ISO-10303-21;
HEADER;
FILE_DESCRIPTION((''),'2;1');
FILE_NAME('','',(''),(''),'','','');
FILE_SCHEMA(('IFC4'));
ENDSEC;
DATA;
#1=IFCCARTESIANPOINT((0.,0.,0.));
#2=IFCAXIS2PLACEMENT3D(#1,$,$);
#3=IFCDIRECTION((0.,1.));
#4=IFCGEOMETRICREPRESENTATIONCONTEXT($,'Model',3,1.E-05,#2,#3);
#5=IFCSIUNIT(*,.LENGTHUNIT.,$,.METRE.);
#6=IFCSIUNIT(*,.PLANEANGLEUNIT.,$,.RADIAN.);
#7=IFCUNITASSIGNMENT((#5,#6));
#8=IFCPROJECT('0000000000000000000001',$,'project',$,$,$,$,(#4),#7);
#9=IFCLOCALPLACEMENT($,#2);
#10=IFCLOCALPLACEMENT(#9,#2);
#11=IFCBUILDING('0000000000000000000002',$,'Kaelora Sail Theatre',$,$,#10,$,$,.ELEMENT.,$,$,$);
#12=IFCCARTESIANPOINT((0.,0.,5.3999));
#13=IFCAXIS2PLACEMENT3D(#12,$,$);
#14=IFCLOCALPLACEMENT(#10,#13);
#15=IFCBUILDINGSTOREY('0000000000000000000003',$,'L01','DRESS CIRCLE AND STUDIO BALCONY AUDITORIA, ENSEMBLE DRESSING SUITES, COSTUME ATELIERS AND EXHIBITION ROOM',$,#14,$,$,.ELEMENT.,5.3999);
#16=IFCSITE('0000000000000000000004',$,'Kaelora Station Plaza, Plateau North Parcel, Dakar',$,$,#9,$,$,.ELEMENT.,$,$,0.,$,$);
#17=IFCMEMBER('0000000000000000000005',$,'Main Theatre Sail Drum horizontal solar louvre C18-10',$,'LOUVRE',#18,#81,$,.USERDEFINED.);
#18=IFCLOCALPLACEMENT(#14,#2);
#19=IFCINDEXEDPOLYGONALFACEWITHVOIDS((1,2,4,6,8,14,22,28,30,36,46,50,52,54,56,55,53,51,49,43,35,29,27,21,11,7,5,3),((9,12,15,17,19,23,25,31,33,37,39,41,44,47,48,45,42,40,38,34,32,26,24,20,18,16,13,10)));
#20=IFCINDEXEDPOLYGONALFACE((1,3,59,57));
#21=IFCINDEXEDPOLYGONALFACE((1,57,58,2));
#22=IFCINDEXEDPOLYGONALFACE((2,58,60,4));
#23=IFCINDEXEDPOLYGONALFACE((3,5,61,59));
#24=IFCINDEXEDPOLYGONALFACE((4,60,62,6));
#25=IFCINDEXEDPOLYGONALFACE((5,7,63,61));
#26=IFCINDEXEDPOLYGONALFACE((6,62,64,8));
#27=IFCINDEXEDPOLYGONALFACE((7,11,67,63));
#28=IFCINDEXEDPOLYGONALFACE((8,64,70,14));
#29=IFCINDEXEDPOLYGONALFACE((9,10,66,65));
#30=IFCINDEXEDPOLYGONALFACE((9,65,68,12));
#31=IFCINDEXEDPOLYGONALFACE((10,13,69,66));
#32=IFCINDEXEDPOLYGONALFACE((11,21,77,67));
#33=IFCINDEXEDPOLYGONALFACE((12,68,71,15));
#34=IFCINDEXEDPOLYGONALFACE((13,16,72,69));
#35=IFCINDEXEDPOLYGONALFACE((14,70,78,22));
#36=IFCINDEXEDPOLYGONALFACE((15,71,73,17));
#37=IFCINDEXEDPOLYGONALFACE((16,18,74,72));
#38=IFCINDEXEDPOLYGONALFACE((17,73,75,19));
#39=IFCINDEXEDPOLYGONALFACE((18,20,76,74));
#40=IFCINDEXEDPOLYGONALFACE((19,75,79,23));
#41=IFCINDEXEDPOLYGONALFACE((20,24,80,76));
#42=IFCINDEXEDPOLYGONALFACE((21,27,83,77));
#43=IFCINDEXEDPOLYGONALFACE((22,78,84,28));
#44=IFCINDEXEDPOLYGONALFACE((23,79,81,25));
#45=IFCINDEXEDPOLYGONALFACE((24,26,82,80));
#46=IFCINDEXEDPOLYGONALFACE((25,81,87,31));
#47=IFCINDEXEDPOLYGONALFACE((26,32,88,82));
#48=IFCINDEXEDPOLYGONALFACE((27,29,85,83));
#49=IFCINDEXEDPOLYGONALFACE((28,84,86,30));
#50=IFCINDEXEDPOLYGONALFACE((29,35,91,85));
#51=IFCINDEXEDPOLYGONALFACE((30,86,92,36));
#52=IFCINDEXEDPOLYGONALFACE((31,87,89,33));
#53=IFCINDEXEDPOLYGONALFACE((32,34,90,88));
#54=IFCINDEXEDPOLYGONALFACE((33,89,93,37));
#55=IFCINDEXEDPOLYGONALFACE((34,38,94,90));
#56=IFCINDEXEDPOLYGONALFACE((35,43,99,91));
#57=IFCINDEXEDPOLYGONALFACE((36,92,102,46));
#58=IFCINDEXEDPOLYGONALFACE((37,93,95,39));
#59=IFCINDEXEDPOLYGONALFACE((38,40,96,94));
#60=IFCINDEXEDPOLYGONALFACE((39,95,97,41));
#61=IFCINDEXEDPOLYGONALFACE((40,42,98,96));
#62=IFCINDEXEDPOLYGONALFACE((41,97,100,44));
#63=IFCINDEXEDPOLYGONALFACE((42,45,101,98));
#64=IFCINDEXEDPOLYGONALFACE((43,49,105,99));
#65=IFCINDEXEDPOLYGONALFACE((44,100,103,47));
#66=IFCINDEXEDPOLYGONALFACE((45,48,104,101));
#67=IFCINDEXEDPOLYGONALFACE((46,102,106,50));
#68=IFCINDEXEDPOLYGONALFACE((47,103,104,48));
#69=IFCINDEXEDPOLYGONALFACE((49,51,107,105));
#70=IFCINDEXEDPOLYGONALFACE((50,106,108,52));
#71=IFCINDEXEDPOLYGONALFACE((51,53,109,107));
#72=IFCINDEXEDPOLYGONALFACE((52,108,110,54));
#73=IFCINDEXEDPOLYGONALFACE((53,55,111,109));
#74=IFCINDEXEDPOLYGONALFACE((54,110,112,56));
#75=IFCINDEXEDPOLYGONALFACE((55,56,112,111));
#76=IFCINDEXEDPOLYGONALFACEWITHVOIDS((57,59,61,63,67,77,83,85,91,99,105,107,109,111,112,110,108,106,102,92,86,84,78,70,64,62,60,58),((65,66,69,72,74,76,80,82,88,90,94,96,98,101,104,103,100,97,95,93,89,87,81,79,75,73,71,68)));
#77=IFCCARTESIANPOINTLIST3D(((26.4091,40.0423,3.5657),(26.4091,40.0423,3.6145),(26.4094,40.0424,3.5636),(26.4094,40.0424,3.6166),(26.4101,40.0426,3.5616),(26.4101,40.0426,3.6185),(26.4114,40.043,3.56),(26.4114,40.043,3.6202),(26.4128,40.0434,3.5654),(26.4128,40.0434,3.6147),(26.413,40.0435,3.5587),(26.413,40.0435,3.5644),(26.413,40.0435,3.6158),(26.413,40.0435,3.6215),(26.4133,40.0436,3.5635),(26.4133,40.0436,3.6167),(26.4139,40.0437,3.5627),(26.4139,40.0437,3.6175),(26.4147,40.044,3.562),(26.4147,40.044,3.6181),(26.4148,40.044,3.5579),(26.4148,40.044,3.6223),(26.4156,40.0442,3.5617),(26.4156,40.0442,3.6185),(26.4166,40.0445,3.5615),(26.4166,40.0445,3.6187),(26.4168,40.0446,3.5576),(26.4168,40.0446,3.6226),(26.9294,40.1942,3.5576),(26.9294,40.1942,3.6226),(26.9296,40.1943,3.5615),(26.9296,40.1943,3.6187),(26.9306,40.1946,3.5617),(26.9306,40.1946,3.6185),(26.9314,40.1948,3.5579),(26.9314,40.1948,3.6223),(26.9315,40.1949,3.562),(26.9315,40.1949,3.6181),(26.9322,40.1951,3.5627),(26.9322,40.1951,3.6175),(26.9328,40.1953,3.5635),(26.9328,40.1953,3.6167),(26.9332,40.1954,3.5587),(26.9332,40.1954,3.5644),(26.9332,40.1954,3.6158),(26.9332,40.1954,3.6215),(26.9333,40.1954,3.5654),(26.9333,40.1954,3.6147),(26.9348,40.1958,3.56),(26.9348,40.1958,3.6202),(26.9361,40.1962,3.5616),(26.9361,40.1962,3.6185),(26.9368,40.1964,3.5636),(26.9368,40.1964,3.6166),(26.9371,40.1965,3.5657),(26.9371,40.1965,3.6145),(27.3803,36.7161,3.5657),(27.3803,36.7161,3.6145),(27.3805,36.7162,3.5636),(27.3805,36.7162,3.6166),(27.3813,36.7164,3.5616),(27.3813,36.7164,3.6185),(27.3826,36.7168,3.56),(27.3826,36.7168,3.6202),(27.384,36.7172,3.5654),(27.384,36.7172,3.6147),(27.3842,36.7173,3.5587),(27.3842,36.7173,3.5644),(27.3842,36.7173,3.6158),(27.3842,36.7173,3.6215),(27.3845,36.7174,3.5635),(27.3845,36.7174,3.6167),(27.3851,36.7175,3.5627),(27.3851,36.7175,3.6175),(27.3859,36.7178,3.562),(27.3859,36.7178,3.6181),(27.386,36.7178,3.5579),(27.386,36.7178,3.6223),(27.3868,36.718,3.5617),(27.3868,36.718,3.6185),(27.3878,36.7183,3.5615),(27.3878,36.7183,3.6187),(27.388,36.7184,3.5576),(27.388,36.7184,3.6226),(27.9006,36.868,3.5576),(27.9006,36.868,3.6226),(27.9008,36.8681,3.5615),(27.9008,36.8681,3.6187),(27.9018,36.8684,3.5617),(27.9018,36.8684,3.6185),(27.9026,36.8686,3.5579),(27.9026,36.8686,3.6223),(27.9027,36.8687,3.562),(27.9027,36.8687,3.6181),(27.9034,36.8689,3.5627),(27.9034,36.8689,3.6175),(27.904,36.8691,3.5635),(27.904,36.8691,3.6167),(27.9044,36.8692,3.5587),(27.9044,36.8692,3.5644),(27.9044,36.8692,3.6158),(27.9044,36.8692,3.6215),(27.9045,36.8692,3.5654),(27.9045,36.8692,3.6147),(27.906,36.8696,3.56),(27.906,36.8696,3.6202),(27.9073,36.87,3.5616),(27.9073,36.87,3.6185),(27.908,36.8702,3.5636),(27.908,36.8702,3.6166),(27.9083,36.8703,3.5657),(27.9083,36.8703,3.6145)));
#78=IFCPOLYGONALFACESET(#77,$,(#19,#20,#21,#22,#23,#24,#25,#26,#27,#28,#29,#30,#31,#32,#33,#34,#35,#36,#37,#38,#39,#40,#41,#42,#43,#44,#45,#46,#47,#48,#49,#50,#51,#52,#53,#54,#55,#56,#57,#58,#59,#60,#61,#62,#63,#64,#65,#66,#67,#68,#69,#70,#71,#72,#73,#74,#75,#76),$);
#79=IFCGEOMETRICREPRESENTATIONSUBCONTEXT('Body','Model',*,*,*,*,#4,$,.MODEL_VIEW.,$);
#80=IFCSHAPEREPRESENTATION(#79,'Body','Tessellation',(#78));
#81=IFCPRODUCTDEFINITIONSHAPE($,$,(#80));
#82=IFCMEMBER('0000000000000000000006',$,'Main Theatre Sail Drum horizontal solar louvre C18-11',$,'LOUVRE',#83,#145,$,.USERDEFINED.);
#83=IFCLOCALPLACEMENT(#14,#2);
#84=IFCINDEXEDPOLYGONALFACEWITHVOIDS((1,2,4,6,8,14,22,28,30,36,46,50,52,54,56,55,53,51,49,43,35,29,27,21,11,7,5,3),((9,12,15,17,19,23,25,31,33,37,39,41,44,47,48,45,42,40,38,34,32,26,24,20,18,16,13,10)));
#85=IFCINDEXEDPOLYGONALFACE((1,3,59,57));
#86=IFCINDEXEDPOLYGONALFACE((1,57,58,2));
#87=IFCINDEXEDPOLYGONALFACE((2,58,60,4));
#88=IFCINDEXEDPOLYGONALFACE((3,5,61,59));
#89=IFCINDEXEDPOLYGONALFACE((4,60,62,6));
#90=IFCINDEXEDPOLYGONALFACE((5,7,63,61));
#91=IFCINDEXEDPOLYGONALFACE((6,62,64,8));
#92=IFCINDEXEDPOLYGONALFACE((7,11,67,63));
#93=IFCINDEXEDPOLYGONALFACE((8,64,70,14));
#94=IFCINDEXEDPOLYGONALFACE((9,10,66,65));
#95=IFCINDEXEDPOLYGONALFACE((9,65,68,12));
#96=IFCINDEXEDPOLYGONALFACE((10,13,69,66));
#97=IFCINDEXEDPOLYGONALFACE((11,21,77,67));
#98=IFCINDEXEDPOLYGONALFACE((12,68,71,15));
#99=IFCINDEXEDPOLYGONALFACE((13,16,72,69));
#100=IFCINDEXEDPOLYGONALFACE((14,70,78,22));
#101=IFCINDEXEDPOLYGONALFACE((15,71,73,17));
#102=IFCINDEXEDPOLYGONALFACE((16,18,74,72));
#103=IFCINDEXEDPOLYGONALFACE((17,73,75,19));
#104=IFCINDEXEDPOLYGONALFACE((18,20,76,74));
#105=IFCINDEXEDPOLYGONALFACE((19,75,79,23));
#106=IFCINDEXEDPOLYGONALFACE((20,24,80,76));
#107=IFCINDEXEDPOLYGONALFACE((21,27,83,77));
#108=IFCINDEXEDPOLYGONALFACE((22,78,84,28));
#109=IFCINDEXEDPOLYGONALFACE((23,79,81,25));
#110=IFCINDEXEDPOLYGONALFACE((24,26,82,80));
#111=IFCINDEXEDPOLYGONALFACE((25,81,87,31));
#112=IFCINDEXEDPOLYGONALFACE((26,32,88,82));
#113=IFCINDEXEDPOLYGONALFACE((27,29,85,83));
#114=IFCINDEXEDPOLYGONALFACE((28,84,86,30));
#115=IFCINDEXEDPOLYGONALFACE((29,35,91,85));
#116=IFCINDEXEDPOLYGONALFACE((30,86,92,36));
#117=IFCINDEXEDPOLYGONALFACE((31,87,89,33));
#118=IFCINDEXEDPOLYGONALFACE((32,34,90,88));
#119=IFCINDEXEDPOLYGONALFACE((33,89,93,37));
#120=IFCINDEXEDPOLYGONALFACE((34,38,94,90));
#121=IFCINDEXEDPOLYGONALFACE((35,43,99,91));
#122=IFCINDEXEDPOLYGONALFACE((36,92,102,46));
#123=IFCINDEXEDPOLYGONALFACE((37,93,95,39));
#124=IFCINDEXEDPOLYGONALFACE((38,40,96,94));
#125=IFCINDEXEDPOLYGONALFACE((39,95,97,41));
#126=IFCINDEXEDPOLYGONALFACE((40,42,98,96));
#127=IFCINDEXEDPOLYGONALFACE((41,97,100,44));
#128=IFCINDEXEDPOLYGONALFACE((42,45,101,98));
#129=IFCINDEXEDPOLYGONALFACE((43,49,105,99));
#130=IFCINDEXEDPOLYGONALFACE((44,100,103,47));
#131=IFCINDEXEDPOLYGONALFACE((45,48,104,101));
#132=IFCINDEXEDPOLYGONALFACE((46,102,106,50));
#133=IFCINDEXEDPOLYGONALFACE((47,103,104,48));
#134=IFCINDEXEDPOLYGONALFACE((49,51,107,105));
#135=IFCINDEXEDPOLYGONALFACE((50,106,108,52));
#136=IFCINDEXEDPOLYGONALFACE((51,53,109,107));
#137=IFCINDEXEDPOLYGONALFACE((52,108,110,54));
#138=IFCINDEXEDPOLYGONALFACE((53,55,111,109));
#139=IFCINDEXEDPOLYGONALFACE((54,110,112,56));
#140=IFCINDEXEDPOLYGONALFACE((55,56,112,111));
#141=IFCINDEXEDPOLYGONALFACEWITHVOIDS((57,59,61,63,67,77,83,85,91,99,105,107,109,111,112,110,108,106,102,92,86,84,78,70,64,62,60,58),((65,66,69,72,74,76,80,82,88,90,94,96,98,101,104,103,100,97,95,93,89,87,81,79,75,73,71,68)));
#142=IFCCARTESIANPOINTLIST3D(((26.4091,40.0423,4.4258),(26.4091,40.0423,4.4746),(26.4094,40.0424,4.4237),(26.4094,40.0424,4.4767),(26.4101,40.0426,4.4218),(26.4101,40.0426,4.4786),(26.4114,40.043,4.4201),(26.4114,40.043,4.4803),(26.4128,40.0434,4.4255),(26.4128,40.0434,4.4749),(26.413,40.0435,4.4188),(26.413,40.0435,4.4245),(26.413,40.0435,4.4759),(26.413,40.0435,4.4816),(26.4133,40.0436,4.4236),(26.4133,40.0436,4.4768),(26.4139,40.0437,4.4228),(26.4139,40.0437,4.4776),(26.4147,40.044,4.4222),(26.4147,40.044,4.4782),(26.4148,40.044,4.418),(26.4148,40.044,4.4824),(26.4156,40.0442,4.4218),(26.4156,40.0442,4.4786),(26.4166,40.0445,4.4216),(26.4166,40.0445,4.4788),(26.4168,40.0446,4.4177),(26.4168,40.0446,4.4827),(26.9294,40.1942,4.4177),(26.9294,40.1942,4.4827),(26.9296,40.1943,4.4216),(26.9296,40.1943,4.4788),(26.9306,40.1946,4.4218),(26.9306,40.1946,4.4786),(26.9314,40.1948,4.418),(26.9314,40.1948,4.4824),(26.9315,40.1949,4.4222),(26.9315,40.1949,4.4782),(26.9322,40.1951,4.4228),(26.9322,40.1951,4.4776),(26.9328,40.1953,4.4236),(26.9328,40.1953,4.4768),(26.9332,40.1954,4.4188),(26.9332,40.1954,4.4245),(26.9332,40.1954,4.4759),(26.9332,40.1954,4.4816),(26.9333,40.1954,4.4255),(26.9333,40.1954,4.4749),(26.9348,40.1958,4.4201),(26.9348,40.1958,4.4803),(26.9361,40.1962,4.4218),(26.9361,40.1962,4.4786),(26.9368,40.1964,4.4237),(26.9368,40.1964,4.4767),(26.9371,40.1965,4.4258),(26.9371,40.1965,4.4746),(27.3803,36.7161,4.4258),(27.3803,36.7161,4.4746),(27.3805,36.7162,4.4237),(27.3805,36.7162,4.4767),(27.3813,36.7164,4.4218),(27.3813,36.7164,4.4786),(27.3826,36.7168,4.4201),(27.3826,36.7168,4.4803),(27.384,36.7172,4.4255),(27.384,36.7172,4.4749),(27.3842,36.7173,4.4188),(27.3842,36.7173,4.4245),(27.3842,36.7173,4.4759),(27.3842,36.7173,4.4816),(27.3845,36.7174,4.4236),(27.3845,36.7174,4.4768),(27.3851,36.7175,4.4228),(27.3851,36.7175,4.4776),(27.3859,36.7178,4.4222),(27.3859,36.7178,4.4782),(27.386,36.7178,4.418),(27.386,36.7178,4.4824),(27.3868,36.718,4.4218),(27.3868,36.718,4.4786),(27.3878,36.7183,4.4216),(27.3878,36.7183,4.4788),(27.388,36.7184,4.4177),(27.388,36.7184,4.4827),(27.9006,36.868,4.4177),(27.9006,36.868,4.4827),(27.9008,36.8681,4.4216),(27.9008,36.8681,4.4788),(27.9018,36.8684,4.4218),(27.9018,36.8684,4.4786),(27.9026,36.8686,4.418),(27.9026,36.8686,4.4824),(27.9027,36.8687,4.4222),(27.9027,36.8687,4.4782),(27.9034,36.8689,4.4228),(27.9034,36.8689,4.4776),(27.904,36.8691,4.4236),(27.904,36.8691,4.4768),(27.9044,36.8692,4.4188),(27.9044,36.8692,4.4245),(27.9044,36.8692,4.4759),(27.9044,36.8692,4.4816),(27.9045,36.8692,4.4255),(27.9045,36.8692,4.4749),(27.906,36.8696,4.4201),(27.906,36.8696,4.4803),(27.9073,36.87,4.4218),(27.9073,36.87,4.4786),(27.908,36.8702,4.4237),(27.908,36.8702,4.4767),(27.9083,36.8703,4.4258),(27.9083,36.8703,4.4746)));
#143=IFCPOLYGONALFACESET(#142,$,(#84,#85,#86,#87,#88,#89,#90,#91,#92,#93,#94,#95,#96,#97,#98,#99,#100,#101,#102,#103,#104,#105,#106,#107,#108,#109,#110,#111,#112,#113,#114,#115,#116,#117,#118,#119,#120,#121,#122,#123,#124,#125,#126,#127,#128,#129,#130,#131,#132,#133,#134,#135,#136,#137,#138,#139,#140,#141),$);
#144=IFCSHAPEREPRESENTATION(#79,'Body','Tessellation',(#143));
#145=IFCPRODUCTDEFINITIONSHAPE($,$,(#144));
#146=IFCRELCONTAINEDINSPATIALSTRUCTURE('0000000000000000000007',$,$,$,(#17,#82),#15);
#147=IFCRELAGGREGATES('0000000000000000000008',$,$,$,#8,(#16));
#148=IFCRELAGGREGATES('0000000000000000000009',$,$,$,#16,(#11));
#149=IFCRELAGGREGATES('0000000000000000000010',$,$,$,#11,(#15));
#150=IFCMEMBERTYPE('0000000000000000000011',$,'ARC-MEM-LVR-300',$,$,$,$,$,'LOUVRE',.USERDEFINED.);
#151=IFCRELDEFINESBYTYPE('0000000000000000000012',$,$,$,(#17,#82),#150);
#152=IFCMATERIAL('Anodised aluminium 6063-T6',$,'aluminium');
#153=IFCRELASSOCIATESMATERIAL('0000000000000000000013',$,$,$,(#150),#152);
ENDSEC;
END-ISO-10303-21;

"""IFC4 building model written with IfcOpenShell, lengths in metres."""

from ifc_helpers import new_model, si_unit, direction, frame, origin, origin_2d, place, context, subcontext, project, spatial, hollow_rectangle, extrude, material, material_profile, profile_set, type_object, element, save


model = new_model("IFC4")

# Units and contexts
model_context = context("Model", 3, precision=1e-05, world=origin(), true_north=direction((0.0, 1.0)))
body_context = subcontext(model_context, "Body", "Model", "MODEL_VIEW")
ifc_project = project(units=[si_unit("LENGTHUNIT", "METRE"), si_unit("PLANEANGLEUNIT", "RADIAN")], contexts=[model_context])

# Site, building, storey
site_placement = place(None, origin())
site = spatial("IfcSite", under=ifc_project, at=site_placement, Name="Kaelora Station Plaza, Plateau North Parcel, Dakar", CompositionType="ELEMENT", RefElevation=0.0)
building_placement = place(site_placement, origin())
building = spatial("IfcBuilding", under=site, at=building_placement, Name="Kaelora Sail Theatre", CompositionType="ELEMENT")
storey_placement = place(building_placement, frame((0.0, 0.0, 5.3999)))
storey = spatial("IfcBuildingStorey", under=building, at=storey_placement, Name="L01", Description="DRESS CIRCLE AND STUDIO BALCONY AUDITORIA, ENSEMBLE DRESSING SUITES, COSTUME ATELIERS AND EXHIBITION ROOM", CompositionType="ELEMENT", Elevation=5.3999)

# Members
ifc_material_1 = material(Name="Anodised aluminium 6063-T6", Category="aluminium")
ifc_material_profile_1 = material_profile(ifc_material_1, hollow_rectangle(XDim=0.55, YDim=0.0649, WallThickness=0.0039, InnerFilletRadius=0.0039, OuterFilletRadius=0.0081, at=origin_2d()), Name="LOUVRE 550x65x4")
ifc_profile_set_1 = profile_set([ifc_material_profile_1], Name="Anodised aluminium 6063-T6")
member_type = type_object("IfcMemberType", Name="ARC-MEM-LVR-300", ElementType="LOUVRE", PredefinedType="USERDEFINED", material=ifc_profile_set_1)
for number, where, z_axis, x_axis, name in (
    (1, (27.6443, 36.7932, 3.5901), (-0.280281, 0.959918, 0.0), (-0.959918, -0.280281, 0.0), "Main Theatre Sail Drum horizontal solar louvre C18-10"),
    (2, (27.6443, 36.7932, 4.4502), (-0.280281, 0.959918, 0.0), (-0.959918, -0.280281, 0.0), "Main Theatre Sail Drum horizontal solar louvre C18-11"),
):
    element("IfcMember", number, at=place(storey_placement, frame(where, z_axis=z_axis, x_axis=x_axis)), inside=storey, type_object=member_type, Name=name, ObjectType="LOUVRE", PredefinedType="USERDEFINED", context=body_context, shape_type="SweptSolid", body=[
        extrude(hollow_rectangle(XDim=0.55, YDim=0.0649, WallThickness=0.0039, InnerFilletRadius=0.0039, OuterFilletRadius=0.0081, at=origin_2d()), origin(), (0.0, 0.0, 1.0), 3.4651),
    ])

save(model, "model.ifc")
